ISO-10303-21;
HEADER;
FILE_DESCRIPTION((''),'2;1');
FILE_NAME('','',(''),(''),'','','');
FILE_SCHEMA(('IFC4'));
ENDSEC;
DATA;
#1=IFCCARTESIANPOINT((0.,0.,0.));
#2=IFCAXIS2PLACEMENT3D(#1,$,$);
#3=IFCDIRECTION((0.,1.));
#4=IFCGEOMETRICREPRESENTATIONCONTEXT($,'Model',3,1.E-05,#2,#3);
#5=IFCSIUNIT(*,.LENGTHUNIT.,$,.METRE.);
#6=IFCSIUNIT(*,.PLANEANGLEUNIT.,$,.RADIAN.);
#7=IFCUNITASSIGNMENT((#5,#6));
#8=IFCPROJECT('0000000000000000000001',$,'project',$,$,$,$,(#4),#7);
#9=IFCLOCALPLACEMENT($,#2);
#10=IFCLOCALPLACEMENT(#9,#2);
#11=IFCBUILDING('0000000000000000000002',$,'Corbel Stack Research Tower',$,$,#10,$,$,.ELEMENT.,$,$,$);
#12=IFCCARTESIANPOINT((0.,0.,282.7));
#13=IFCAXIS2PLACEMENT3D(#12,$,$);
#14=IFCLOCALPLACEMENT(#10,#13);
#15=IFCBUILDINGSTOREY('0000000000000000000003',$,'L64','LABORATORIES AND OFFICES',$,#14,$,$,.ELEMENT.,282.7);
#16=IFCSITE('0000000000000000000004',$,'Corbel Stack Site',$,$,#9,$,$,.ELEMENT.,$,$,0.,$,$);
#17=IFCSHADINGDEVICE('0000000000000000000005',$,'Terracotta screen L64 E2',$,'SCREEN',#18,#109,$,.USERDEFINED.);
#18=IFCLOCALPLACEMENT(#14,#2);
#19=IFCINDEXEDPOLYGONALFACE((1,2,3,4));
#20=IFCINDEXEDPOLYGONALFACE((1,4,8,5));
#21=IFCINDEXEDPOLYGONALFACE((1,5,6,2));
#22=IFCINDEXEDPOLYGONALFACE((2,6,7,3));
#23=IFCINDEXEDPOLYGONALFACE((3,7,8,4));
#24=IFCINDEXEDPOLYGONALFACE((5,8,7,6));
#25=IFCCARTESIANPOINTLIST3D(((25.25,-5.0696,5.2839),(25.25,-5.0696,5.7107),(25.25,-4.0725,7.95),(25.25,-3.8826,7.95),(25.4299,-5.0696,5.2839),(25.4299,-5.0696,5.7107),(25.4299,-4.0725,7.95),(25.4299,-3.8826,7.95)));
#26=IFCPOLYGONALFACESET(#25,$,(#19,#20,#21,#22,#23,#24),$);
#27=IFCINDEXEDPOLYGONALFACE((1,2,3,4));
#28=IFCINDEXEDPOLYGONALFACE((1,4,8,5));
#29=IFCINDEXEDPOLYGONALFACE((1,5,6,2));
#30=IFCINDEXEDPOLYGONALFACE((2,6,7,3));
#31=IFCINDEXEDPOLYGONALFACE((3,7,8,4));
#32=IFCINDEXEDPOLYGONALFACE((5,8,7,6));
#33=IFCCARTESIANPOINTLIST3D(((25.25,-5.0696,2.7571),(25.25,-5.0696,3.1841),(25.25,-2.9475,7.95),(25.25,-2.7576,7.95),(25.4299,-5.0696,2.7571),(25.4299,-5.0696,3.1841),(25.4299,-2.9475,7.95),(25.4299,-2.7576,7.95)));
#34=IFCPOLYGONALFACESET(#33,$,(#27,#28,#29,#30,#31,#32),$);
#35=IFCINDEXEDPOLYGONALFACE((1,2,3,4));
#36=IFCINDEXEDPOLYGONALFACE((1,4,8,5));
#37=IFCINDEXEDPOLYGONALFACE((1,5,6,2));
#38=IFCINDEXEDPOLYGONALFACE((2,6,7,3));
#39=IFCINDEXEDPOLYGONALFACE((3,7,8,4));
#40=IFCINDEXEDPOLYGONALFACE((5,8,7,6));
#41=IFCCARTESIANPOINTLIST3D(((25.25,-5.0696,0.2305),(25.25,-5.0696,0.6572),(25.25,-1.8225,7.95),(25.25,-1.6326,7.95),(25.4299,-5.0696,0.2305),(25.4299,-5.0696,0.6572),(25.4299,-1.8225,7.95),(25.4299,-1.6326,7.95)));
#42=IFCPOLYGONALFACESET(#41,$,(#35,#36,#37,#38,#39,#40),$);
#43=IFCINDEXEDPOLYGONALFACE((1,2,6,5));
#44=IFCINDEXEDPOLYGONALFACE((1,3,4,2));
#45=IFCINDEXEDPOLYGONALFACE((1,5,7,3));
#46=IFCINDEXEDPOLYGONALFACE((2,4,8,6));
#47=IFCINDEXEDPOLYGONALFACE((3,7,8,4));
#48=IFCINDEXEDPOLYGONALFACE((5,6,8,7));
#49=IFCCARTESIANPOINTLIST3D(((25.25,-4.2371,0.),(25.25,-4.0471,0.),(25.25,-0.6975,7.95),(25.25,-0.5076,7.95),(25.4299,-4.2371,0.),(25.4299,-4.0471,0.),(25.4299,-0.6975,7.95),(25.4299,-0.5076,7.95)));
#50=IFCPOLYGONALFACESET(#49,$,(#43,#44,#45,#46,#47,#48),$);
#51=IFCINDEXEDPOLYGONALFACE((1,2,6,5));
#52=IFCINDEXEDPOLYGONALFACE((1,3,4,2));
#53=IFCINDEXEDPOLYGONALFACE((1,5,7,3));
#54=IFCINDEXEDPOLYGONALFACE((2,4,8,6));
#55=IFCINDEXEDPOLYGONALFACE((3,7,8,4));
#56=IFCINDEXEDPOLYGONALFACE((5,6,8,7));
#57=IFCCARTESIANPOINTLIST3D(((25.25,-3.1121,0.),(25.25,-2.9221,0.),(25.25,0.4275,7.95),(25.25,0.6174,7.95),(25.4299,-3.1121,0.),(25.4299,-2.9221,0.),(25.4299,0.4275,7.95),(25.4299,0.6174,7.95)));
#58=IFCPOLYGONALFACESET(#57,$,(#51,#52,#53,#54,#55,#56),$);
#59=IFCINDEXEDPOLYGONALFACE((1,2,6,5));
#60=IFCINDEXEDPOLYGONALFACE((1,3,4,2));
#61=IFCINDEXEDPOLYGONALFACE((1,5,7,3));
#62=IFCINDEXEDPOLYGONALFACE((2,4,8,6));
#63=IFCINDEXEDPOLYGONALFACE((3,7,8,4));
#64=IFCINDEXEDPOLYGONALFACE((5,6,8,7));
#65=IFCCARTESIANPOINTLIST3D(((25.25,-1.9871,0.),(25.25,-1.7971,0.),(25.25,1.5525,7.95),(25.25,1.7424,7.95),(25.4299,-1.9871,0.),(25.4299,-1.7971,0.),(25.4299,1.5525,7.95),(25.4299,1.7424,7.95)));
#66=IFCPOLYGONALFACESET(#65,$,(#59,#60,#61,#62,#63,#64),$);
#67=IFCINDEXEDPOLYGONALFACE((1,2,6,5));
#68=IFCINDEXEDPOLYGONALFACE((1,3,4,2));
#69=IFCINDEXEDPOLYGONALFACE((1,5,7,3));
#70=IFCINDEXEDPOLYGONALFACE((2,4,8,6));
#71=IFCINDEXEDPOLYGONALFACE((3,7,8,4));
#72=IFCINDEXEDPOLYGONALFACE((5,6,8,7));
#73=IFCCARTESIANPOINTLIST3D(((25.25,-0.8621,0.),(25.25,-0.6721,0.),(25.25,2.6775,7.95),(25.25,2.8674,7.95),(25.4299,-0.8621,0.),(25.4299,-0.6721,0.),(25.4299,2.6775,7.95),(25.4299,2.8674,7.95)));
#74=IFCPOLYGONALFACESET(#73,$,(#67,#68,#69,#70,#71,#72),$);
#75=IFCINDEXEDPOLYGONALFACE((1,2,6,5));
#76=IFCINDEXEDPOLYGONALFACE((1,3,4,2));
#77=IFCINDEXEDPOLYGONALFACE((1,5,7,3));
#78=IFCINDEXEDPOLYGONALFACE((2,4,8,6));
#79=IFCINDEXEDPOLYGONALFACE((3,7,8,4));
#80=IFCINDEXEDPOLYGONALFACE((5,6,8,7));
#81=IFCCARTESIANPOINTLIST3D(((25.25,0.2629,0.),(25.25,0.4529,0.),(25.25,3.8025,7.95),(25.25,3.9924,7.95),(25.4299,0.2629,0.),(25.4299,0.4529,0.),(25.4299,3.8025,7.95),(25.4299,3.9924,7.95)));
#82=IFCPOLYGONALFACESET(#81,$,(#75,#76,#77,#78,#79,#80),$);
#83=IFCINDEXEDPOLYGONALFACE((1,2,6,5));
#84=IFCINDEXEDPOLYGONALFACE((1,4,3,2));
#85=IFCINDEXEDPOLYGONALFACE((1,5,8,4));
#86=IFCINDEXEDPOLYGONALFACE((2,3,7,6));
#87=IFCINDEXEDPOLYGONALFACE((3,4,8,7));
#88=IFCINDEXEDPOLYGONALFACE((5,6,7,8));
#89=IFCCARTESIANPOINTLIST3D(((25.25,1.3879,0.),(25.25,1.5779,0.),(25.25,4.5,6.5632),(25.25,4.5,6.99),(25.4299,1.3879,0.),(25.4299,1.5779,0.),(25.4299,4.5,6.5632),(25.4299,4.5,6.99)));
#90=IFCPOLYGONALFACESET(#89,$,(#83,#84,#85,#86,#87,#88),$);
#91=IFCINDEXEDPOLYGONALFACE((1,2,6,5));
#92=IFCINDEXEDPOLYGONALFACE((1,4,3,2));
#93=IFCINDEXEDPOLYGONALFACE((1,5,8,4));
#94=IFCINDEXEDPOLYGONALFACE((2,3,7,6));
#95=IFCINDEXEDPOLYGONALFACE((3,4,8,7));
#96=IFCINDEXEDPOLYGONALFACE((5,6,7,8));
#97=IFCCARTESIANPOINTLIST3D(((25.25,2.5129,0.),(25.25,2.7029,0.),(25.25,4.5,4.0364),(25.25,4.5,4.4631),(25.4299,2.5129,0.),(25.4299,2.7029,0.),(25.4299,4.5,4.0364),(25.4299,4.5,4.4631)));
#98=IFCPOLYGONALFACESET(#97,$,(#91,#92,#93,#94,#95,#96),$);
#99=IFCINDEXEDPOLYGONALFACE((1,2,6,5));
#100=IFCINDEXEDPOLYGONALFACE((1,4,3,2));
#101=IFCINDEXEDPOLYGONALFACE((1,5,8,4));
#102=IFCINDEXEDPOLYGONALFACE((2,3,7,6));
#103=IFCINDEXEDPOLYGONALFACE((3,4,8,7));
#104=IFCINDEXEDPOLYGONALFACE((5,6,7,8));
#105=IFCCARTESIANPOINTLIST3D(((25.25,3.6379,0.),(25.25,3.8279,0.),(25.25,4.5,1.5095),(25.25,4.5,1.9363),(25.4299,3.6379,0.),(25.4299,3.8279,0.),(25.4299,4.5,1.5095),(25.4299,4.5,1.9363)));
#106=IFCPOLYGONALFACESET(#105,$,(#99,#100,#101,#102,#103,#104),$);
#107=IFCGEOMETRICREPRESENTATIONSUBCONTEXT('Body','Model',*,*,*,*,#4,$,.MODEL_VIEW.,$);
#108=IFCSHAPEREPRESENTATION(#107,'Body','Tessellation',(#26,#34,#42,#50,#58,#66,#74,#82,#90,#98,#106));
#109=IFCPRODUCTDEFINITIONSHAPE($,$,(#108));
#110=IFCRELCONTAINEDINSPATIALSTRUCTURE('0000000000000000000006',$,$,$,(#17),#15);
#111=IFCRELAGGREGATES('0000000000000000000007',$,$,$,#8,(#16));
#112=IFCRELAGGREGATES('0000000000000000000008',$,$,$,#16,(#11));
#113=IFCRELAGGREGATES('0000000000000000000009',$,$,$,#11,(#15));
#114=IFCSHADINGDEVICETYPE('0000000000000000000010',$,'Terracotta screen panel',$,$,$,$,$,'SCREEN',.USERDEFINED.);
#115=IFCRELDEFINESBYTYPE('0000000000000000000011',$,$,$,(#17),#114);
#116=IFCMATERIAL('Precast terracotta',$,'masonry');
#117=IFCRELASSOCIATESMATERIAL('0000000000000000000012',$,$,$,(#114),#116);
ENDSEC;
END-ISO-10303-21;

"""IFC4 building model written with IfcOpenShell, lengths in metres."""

from ifc_helpers import new_model, si_unit, direction, frame, origin, place, context, subcontext, project, spatial, polyline, outline, extrude, source, transform, mapped, material, type_object, element, save


model = new_model("IFC4")

# Units and contexts
model_context = context("Model", 3, precision=1e-05, world=origin(), true_north=direction((0.0, 1.0)))
body_context = subcontext(model_context, "Body", "Model", "MODEL_VIEW")
ifc_project = project(units=[si_unit("LENGTHUNIT", "METRE"), si_unit("PLANEANGLEUNIT", "RADIAN")], contexts=[model_context])

# Site, building, storey
site_placement = place(None, origin())
site = spatial("IfcSite", under=ifc_project, at=site_placement, Name="Corbel Stack Site", CompositionType="ELEMENT", RefElevation=0.0)
building_placement = place(site_placement, origin())
building = spatial("IfcBuilding", under=site, at=building_placement, Name="Corbel Stack Research Tower", CompositionType="ELEMENT")
storey_placement = place(building_placement, frame((0.0, 0.0, 282.7)))
storey = spatial("IfcBuildingStorey", under=building, at=storey_placement, Name="L64", Description="LABORATORIES AND OFFICES", CompositionType="ELEMENT", Elevation=282.7)

# Shading device
ifc_material_1 = material(Name="Precast terracotta", Category="masonry")
shading_device_type = type_object("IfcShadingDeviceType", Name="Terracotta screen panel", ElementType="SCREEN", PredefinedType="USERDEFINED", material=ifc_material_1)
shared_shape = source(origin(), body_context, "Body", "SweptSolid", [
    extrude(outline(polyline([(1.187, 7.95), (0.9971, 7.95), (0.0, 5.7107), (0.0, 5.2839), (1.187, 7.95)])), frame((0.0, 0.0, 0.0), z_axis=(0.0, -1.0, 0.0), x_axis=(1.0, 0.0, 0.0)), (0.0, 0.0, 1.0), 0.1799),
    extrude(outline(polyline([(2.312, 7.95), (2.1221, 7.95), (0.0, 3.1841), (0.0, 2.7571), (2.312, 7.95)])), frame((0.0, 0.0, 0.0), z_axis=(0.0, -1.0, 0.0), x_axis=(1.0, 0.0, 0.0)), (0.0, 0.0, 1.0), 0.1799),
    extrude(outline(polyline([(3.437, 7.95), (3.2471, 7.95), (0.0, 0.6572), (0.0, 0.2305), (3.437, 7.95)])), frame((0.0, 0.0, 0.0), z_axis=(0.0, -1.0, 0.0), x_axis=(1.0, 0.0, 0.0)), (0.0, 0.0, 1.0), 0.1799),
    extrude(outline(polyline([(1.0225, 0.0), (4.562, 7.95), (4.3721, 7.95), (0.8325, 0.0), (1.0225, 0.0)])), frame((0.0, 0.0, 0.0), z_axis=(0.0, -1.0, 0.0), x_axis=(1.0, 0.0, 0.0)), (0.0, 0.0, 1.0), 0.1799),
    extrude(outline(polyline([(2.1475, 0.0), (5.687, 7.95), (5.4971, 7.95), (1.9575, 0.0), (2.1475, 0.0)])), frame((0.0, 0.0, 0.0), z_axis=(0.0, -1.0, 0.0), x_axis=(1.0, 0.0, 0.0)), (0.0, 0.0, 1.0), 0.1799),
    extrude(outline(polyline([(3.2725, 0.0), (6.812, 7.95), (6.6221, 7.95), (3.0825, 0.0), (3.2725, 0.0)])), frame((0.0, 0.0, 0.0), z_axis=(0.0, -1.0, 0.0), x_axis=(1.0, 0.0, 0.0)), (0.0, 0.0, 1.0), 0.1799),
    extrude(outline(polyline([(4.3975, 0.0), (7.937, 7.95), (7.7471, 7.95), (4.2075, 0.0), (4.3975, 0.0)])), frame((0.0, 0.0, 0.0), z_axis=(0.0, -1.0, 0.0), x_axis=(1.0, 0.0, 0.0)), (0.0, 0.0, 1.0), 0.1799),
    extrude(outline(polyline([(5.5225, 0.0), (9.062, 7.95), (8.8721, 7.95), (5.3325, 0.0), (5.5225, 0.0)])), frame((0.0, 0.0, 0.0), z_axis=(0.0, -1.0, 0.0), x_axis=(1.0, 0.0, 0.0)), (0.0, 0.0, 1.0), 0.1799),
    extrude(outline(polyline([(6.6475, 0.0), (9.5696, 6.5632), (9.5696, 6.99), (6.4575, 0.0), (6.6475, 0.0)])), frame((0.0, 0.0, 0.0), z_axis=(0.0, -1.0, 0.0), x_axis=(1.0, 0.0, 0.0)), (0.0, 0.0, 1.0), 0.1799),
    extrude(outline(polyline([(7.7725, 0.0), (9.5696, 4.0364), (9.5696, 4.4631), (7.5825, 0.0), (7.7725, 0.0)])), frame((0.0, 0.0, 0.0), z_axis=(0.0, -1.0, 0.0), x_axis=(1.0, 0.0, 0.0)), (0.0, 0.0, 1.0), 0.1799),
    extrude(outline(polyline([(8.8975, 0.0), (9.5696, 1.5095), (9.5696, 1.9363), (8.7075, 0.0), (8.8975, 0.0)])), frame((0.0, 0.0, 0.0), z_axis=(0.0, -1.0, 0.0), x_axis=(1.0, 0.0, 0.0)), (0.0, 0.0, 1.0), 0.1799),
])
shading_device_placement = place(storey_placement, frame((25.25, -5.0696, 0.0), z_axis=(0.0, 0.0, 1.0), x_axis=(0.0, 1.0, 0.0)))
element("IfcShadingDevice", 1, at=shading_device_placement, inside=storey, type_object=shading_device_type, Name="Terracotta screen L64 E2", ObjectType="SCREEN", PredefinedType="USERDEFINED", context=body_context, shape_type="MappedRepresentation", body=[
    mapped(shared_shape, transform((0.0, 0.0, 0.0))),
])

save(model, "model.ifc")
